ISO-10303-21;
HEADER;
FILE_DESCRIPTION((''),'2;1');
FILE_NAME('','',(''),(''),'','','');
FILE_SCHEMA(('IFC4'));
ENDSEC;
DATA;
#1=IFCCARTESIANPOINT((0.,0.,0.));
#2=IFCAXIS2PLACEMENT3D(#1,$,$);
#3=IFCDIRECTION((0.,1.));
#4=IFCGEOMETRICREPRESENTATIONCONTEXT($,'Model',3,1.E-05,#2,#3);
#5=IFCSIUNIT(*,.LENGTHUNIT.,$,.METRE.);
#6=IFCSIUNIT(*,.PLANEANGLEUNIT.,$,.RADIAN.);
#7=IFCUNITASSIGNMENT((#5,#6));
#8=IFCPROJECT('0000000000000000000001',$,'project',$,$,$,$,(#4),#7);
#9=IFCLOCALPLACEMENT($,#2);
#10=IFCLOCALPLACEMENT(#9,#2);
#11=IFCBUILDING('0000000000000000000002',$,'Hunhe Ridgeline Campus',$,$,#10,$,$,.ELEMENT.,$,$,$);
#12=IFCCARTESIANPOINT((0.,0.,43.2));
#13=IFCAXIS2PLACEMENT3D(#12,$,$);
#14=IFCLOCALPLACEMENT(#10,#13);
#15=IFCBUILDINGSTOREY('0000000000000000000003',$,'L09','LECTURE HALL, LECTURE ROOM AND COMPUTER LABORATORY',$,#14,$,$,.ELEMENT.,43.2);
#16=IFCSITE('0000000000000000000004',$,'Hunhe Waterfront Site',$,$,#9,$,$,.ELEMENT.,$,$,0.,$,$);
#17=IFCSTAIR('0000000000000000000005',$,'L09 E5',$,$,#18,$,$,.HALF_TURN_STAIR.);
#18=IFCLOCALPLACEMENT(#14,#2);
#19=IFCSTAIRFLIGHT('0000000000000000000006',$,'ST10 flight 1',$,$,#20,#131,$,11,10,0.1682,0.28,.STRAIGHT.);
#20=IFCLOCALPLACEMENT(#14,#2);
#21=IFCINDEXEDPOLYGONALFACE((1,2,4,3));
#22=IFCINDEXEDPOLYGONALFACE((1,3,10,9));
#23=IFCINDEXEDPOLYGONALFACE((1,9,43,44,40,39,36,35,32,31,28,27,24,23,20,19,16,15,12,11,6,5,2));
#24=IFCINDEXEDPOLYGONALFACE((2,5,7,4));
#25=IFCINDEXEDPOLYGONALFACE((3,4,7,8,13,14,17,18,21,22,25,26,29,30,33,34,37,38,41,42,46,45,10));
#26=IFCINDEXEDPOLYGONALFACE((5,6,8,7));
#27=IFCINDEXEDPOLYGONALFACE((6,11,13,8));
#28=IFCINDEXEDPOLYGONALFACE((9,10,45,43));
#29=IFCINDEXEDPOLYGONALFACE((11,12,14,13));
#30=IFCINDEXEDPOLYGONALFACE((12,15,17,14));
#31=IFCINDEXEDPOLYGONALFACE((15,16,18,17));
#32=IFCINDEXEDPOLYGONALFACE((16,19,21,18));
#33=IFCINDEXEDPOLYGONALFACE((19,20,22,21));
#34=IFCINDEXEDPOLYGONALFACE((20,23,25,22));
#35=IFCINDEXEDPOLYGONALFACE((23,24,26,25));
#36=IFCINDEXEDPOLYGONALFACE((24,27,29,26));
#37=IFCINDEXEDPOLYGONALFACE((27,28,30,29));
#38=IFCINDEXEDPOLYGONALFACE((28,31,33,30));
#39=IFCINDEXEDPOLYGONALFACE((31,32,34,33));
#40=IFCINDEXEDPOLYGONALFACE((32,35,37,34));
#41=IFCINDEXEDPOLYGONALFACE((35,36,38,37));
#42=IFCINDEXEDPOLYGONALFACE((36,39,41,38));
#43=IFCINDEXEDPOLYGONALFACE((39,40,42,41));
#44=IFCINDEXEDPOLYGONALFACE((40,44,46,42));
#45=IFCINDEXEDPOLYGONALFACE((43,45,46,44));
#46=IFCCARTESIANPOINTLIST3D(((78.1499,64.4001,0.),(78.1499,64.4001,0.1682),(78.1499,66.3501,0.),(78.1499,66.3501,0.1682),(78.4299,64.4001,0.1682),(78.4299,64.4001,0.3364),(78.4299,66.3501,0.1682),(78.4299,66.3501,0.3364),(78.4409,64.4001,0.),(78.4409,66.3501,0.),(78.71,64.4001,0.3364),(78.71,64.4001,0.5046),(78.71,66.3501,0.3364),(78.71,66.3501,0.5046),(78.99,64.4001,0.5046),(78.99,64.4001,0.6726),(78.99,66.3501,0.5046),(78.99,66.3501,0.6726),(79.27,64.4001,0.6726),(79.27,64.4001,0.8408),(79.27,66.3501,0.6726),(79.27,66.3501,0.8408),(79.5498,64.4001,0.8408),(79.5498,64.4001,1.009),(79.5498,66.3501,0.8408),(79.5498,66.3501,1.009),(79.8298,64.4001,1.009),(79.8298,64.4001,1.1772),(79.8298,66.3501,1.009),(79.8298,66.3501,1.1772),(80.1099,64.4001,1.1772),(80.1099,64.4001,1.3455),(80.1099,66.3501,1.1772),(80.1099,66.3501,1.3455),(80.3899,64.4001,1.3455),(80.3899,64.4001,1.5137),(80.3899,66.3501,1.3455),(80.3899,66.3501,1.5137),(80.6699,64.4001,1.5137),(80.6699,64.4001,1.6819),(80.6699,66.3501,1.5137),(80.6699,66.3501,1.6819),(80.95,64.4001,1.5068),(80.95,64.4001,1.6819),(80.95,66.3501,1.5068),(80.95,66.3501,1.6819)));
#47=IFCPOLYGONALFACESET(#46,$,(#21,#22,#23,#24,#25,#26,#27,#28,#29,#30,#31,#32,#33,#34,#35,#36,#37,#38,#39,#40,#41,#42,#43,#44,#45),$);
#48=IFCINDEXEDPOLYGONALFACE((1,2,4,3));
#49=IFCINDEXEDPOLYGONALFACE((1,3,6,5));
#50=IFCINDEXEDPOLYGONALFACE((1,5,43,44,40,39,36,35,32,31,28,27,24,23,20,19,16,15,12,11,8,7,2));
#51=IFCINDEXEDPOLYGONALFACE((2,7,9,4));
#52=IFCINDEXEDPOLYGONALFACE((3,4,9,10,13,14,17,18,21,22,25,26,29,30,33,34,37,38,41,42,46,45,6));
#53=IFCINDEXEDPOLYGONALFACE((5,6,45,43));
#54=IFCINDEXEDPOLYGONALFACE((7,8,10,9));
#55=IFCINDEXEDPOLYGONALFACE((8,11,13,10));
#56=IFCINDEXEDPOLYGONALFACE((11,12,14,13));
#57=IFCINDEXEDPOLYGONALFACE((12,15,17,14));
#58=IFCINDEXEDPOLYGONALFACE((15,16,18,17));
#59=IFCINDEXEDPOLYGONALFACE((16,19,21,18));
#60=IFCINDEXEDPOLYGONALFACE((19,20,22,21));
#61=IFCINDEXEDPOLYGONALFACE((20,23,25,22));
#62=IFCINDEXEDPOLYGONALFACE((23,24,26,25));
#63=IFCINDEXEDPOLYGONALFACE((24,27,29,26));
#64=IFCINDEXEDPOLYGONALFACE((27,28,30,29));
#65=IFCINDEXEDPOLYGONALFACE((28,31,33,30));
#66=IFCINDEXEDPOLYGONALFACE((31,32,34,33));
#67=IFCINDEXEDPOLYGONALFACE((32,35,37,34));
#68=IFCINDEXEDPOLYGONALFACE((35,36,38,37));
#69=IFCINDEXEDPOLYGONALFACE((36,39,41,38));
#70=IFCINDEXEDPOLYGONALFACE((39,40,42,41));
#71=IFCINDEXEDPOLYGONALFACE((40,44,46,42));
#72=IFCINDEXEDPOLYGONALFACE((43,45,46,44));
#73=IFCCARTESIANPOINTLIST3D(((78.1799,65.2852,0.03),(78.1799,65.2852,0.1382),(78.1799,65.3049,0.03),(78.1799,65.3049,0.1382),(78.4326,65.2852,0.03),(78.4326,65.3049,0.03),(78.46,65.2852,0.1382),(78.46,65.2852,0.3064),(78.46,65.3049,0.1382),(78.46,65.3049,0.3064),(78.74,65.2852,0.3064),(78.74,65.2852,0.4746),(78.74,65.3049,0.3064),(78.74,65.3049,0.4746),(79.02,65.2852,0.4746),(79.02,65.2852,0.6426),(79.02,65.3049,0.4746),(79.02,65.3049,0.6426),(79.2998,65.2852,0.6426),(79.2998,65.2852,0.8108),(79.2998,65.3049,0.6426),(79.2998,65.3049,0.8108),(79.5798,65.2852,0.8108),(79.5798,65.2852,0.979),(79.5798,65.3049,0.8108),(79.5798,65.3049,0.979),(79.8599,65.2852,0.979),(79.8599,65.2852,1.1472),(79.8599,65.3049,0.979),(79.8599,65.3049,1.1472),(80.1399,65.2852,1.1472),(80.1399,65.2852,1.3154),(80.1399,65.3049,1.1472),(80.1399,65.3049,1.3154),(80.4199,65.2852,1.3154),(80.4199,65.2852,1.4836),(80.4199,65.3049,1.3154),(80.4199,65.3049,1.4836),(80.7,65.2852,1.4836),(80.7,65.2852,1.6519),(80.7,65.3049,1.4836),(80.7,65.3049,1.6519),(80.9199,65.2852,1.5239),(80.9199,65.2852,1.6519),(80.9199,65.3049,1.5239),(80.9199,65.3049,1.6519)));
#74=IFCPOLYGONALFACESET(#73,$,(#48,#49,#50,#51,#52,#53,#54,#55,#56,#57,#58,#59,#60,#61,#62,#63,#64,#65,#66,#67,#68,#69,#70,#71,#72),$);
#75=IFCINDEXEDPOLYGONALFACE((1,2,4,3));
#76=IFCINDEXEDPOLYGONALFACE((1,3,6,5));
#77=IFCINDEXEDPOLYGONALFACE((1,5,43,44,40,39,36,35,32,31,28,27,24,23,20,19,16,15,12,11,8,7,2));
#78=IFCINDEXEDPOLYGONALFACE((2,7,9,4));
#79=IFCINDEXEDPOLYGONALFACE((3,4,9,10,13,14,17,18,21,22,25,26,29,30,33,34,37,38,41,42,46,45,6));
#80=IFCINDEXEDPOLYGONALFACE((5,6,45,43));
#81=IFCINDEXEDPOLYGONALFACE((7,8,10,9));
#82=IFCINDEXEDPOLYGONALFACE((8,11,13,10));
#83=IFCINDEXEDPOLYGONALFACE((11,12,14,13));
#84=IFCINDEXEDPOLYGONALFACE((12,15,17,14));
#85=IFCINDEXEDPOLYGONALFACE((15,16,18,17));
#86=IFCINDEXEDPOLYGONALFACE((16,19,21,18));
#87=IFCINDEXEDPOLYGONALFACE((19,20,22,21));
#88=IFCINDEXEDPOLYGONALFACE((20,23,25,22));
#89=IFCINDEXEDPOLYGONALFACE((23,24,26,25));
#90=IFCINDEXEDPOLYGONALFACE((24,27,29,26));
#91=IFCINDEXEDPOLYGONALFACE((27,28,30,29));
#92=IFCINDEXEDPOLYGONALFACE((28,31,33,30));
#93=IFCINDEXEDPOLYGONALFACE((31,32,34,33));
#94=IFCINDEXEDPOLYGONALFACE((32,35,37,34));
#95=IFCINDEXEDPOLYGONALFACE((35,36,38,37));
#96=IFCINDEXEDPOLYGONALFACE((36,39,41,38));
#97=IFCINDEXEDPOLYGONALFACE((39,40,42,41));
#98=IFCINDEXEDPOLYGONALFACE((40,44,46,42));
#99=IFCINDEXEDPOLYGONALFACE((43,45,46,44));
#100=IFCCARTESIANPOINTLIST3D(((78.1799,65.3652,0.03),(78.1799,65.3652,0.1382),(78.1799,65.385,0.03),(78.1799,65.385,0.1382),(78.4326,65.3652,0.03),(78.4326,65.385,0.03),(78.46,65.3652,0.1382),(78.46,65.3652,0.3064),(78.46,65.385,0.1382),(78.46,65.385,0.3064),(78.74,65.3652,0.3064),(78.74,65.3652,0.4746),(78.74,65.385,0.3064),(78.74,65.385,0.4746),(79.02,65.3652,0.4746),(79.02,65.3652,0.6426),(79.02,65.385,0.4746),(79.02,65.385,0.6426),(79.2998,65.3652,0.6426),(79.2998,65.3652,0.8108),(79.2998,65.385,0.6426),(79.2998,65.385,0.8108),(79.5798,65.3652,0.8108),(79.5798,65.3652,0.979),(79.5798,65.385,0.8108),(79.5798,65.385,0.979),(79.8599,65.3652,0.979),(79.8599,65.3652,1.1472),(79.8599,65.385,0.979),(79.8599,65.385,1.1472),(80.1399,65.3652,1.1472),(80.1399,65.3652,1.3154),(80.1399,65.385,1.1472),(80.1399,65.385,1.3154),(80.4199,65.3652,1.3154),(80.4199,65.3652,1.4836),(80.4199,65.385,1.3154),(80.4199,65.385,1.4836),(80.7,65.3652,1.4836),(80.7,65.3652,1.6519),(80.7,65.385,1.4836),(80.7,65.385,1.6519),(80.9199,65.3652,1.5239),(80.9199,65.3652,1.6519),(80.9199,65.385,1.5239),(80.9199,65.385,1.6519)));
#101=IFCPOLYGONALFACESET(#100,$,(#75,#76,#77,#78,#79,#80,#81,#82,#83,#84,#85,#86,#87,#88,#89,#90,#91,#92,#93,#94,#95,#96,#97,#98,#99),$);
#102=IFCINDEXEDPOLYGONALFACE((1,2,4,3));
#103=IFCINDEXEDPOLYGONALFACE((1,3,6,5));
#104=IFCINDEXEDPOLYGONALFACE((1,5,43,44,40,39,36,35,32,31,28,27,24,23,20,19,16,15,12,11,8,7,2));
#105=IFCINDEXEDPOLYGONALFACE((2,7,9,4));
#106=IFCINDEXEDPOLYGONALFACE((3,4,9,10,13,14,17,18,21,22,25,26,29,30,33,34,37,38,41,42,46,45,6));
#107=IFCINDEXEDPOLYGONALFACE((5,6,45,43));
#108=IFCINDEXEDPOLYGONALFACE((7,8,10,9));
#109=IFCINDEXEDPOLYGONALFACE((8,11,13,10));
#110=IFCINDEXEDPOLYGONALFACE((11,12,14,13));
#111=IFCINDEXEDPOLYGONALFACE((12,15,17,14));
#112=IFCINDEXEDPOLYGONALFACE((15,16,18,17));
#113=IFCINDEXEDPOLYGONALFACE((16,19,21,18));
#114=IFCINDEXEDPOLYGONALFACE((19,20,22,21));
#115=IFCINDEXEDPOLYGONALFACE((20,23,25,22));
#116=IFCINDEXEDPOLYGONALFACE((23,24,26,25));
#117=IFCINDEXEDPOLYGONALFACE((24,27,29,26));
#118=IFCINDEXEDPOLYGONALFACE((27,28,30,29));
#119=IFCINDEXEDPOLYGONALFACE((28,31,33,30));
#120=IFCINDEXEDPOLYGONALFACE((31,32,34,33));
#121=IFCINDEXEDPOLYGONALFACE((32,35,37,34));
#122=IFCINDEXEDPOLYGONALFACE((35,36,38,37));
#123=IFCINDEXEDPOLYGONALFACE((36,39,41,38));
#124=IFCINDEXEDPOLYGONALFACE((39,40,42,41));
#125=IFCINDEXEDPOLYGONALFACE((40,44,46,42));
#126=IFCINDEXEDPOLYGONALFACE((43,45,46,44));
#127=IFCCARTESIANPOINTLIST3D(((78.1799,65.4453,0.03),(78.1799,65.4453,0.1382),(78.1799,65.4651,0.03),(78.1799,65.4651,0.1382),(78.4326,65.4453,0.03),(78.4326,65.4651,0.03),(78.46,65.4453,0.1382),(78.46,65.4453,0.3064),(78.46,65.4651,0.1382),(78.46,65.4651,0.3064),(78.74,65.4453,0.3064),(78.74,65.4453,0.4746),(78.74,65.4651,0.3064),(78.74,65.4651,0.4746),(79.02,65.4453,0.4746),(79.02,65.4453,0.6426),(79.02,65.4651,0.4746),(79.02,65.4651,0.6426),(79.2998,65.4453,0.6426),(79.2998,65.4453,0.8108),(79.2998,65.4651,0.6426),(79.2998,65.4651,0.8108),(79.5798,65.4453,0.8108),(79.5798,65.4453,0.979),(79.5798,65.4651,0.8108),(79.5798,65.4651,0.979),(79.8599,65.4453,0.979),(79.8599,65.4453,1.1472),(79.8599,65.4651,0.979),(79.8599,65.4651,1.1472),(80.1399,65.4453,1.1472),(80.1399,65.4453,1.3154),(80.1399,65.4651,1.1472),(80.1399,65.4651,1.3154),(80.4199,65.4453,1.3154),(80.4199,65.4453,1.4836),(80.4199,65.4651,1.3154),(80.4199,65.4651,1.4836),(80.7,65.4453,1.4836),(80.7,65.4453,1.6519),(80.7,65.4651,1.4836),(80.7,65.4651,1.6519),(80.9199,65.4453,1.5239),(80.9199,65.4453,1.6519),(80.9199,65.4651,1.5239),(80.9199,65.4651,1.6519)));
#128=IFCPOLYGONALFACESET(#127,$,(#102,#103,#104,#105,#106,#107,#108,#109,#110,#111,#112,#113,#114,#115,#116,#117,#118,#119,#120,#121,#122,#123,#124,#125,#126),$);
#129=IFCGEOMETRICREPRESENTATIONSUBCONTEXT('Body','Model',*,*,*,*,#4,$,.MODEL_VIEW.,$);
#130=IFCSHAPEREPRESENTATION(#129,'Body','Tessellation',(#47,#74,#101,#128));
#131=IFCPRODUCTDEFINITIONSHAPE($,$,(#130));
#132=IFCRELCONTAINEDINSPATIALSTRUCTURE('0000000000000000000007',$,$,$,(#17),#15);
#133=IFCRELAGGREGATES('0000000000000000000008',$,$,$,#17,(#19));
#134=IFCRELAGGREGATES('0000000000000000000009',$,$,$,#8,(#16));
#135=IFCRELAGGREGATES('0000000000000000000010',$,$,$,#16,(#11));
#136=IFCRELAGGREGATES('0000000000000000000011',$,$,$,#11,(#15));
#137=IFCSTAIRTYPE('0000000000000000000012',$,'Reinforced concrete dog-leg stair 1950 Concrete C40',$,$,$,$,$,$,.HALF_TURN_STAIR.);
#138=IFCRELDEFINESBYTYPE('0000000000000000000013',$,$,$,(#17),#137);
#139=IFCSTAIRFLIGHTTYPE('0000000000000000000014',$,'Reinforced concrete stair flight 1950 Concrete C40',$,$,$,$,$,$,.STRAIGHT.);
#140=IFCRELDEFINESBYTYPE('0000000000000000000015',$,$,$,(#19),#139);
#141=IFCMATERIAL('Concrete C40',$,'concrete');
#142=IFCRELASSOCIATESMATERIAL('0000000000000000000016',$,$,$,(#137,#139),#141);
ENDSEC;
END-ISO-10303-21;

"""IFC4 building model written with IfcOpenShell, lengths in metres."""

from ifc_helpers import new_model, si_unit, direction, frame, origin, place, context, subcontext, project, spatial, polyline, outline, extrude, material, type_object, element, aggregate, save


model = new_model("IFC4")

# Units and contexts
model_context = context("Model", 3, precision=1e-05, world=origin(), true_north=direction((0.0, 1.0)))
body_context = subcontext(model_context, "Body", "Model", "MODEL_VIEW")
ifc_project = project(units=[si_unit("LENGTHUNIT", "METRE"), si_unit("PLANEANGLEUNIT", "RADIAN")], contexts=[model_context])

# Site, building, storey
site_placement = place(None, origin())
site = spatial("IfcSite", under=ifc_project, at=site_placement, Name="Hunhe Waterfront Site", CompositionType="ELEMENT", RefElevation=0.0)
building_placement = place(site_placement, origin())
building = spatial("IfcBuilding", under=site, at=building_placement, Name="Hunhe Ridgeline Campus", CompositionType="ELEMENT")
storey_placement = place(building_placement, frame((0.0, 0.0, 43.2)))
storey = spatial("IfcBuildingStorey", under=building, at=storey_placement, Name="L09", Description="LECTURE HALL, LECTURE ROOM AND COMPUTER LABORATORY", CompositionType="ELEMENT", Elevation=43.2)

# Stair, stair flight
ifc_material_1 = material(Name="Concrete C40", Category="concrete")
stair_type = type_object("IfcStairType", Name="Reinforced concrete dog-leg stair 1950 Concrete C40", PredefinedType="HALF_TURN_STAIR", material=ifc_material_1)
stair_placement = place(storey_placement, origin())
stair = element("IfcStair", 1, at=stair_placement, inside=storey, type_object=stair_type, Name="L09 E5", PredefinedType="HALF_TURN_STAIR")
stair_flight_type = type_object("IfcStairFlightType", Name="Reinforced concrete stair flight 1950 Concrete C40", PredefinedType="STRAIGHT", material=ifc_material_1)
stair_flight_1_placement = place(storey_placement, frame((78.1499, 65.375, 0.0), z_axis=(0.0, 0.0, 1.0), x_axis=(1.0, 0.0, 0.0)))
stair_flight_1 = element("IfcStairFlight", 2, at=stair_flight_1_placement, type_object=stair_flight_type, Name="ST10 flight 1", NumberOfRisers=11, NumberOfTreads=10, PredefinedType="STRAIGHT", RiserHeight=0.1682, TreadLength=0.28, context=body_context, shape_type="SweptSolid", body=[
    extrude(outline(polyline([(0.0, 0.0), (0.0, 0.1682), (0.28, 0.1682), (0.28, 0.3364), (0.5601, 0.3364), (0.5601, 0.5046), (0.8401, 0.5046), (0.8401, 0.6726), (1.1201, 0.6726), (1.1201, 0.8408), (1.3999, 0.8408), (1.3999, 1.009), (1.6799, 1.009), (1.6799, 1.1772), (1.96, 1.1772), (1.96, 1.3455), (2.24, 1.3455), (2.24, 1.5137), (2.52, 1.5137), (2.52, 1.6819), (2.8, 1.6819), (2.8, 1.8501), (2.8, 1.5068), (0.291, 0.0), (0.0, 0.0)])), frame((0.0, 0.9751, 0.0), z_axis=(0.0, -1.0, 0.0), x_axis=(1.0, 0.0, 0.0)), (0.0, 0.0, 1.0), 1.95),
    extrude(outline(polyline([(0.03, 0.03), (0.03, 0.1382), (0.3101, 0.1382), (0.3101, 0.3064), (0.5901, 0.3064), (0.5901, 0.4746), (0.8701, 0.4746), (0.8701, 0.6426), (1.1499, 0.6426), (1.1499, 0.8108), (1.4299, 0.8108), (1.4299, 0.979), (1.71, 0.979), (1.71, 1.1472), (1.99, 1.1472), (1.99, 1.3154), (2.27, 1.3154), (2.27, 1.4836), (2.55, 1.4836), (2.55, 1.6519), (2.77, 1.6519), (2.77, 1.5239), (0.2827, 0.03), (0.03, 0.03)])), frame((0.0, -0.0701, 0.0), z_axis=(0.0, -1.0, 0.0), x_axis=(1.0, 0.0, 0.0)), (0.0, 0.0, 1.0), 0.0198),
    extrude(outline(polyline([(0.03, 0.03), (0.03, 0.1382), (0.3101, 0.1382), (0.3101, 0.3064), (0.5901, 0.3064), (0.5901, 0.4746), (0.8701, 0.4746), (0.8701, 0.6426), (1.1499, 0.6426), (1.1499, 0.8108), (1.4299, 0.8108), (1.4299, 0.979), (1.71, 0.979), (1.71, 1.1472), (1.99, 1.1472), (1.99, 1.3154), (2.27, 1.3154), (2.27, 1.4836), (2.55, 1.4836), (2.55, 1.6519), (2.77, 1.6519), (2.77, 1.5239), (0.2827, 0.03), (0.03, 0.03)])), frame((0.0, 0.01, 0.0), z_axis=(0.0, -1.0, 0.0), x_axis=(1.0, 0.0, 0.0)), (0.0, 0.0, 1.0), 0.0198),
    extrude(outline(polyline([(0.03, 0.03), (0.03, 0.1382), (0.3101, 0.1382), (0.3101, 0.3064), (0.5901, 0.3064), (0.5901, 0.4746), (0.8701, 0.4746), (0.8701, 0.6426), (1.1499, 0.6426), (1.1499, 0.8108), (1.4299, 0.8108), (1.4299, 0.979), (1.71, 0.979), (1.71, 1.1472), (1.99, 1.1472), (1.99, 1.3154), (2.27, 1.3154), (2.27, 1.4836), (2.55, 1.4836), (2.55, 1.6519), (2.77, 1.6519), (2.77, 1.5239), (0.2827, 0.03), (0.03, 0.03)])), frame((0.0, 0.0901, 0.0), z_axis=(0.0, -1.0, 0.0), x_axis=(1.0, 0.0, 0.0)), (0.0, 0.0, 1.0), 0.0198),
])
aggregate(stair, [stair_flight_1])

save(model, "model.ifc")
